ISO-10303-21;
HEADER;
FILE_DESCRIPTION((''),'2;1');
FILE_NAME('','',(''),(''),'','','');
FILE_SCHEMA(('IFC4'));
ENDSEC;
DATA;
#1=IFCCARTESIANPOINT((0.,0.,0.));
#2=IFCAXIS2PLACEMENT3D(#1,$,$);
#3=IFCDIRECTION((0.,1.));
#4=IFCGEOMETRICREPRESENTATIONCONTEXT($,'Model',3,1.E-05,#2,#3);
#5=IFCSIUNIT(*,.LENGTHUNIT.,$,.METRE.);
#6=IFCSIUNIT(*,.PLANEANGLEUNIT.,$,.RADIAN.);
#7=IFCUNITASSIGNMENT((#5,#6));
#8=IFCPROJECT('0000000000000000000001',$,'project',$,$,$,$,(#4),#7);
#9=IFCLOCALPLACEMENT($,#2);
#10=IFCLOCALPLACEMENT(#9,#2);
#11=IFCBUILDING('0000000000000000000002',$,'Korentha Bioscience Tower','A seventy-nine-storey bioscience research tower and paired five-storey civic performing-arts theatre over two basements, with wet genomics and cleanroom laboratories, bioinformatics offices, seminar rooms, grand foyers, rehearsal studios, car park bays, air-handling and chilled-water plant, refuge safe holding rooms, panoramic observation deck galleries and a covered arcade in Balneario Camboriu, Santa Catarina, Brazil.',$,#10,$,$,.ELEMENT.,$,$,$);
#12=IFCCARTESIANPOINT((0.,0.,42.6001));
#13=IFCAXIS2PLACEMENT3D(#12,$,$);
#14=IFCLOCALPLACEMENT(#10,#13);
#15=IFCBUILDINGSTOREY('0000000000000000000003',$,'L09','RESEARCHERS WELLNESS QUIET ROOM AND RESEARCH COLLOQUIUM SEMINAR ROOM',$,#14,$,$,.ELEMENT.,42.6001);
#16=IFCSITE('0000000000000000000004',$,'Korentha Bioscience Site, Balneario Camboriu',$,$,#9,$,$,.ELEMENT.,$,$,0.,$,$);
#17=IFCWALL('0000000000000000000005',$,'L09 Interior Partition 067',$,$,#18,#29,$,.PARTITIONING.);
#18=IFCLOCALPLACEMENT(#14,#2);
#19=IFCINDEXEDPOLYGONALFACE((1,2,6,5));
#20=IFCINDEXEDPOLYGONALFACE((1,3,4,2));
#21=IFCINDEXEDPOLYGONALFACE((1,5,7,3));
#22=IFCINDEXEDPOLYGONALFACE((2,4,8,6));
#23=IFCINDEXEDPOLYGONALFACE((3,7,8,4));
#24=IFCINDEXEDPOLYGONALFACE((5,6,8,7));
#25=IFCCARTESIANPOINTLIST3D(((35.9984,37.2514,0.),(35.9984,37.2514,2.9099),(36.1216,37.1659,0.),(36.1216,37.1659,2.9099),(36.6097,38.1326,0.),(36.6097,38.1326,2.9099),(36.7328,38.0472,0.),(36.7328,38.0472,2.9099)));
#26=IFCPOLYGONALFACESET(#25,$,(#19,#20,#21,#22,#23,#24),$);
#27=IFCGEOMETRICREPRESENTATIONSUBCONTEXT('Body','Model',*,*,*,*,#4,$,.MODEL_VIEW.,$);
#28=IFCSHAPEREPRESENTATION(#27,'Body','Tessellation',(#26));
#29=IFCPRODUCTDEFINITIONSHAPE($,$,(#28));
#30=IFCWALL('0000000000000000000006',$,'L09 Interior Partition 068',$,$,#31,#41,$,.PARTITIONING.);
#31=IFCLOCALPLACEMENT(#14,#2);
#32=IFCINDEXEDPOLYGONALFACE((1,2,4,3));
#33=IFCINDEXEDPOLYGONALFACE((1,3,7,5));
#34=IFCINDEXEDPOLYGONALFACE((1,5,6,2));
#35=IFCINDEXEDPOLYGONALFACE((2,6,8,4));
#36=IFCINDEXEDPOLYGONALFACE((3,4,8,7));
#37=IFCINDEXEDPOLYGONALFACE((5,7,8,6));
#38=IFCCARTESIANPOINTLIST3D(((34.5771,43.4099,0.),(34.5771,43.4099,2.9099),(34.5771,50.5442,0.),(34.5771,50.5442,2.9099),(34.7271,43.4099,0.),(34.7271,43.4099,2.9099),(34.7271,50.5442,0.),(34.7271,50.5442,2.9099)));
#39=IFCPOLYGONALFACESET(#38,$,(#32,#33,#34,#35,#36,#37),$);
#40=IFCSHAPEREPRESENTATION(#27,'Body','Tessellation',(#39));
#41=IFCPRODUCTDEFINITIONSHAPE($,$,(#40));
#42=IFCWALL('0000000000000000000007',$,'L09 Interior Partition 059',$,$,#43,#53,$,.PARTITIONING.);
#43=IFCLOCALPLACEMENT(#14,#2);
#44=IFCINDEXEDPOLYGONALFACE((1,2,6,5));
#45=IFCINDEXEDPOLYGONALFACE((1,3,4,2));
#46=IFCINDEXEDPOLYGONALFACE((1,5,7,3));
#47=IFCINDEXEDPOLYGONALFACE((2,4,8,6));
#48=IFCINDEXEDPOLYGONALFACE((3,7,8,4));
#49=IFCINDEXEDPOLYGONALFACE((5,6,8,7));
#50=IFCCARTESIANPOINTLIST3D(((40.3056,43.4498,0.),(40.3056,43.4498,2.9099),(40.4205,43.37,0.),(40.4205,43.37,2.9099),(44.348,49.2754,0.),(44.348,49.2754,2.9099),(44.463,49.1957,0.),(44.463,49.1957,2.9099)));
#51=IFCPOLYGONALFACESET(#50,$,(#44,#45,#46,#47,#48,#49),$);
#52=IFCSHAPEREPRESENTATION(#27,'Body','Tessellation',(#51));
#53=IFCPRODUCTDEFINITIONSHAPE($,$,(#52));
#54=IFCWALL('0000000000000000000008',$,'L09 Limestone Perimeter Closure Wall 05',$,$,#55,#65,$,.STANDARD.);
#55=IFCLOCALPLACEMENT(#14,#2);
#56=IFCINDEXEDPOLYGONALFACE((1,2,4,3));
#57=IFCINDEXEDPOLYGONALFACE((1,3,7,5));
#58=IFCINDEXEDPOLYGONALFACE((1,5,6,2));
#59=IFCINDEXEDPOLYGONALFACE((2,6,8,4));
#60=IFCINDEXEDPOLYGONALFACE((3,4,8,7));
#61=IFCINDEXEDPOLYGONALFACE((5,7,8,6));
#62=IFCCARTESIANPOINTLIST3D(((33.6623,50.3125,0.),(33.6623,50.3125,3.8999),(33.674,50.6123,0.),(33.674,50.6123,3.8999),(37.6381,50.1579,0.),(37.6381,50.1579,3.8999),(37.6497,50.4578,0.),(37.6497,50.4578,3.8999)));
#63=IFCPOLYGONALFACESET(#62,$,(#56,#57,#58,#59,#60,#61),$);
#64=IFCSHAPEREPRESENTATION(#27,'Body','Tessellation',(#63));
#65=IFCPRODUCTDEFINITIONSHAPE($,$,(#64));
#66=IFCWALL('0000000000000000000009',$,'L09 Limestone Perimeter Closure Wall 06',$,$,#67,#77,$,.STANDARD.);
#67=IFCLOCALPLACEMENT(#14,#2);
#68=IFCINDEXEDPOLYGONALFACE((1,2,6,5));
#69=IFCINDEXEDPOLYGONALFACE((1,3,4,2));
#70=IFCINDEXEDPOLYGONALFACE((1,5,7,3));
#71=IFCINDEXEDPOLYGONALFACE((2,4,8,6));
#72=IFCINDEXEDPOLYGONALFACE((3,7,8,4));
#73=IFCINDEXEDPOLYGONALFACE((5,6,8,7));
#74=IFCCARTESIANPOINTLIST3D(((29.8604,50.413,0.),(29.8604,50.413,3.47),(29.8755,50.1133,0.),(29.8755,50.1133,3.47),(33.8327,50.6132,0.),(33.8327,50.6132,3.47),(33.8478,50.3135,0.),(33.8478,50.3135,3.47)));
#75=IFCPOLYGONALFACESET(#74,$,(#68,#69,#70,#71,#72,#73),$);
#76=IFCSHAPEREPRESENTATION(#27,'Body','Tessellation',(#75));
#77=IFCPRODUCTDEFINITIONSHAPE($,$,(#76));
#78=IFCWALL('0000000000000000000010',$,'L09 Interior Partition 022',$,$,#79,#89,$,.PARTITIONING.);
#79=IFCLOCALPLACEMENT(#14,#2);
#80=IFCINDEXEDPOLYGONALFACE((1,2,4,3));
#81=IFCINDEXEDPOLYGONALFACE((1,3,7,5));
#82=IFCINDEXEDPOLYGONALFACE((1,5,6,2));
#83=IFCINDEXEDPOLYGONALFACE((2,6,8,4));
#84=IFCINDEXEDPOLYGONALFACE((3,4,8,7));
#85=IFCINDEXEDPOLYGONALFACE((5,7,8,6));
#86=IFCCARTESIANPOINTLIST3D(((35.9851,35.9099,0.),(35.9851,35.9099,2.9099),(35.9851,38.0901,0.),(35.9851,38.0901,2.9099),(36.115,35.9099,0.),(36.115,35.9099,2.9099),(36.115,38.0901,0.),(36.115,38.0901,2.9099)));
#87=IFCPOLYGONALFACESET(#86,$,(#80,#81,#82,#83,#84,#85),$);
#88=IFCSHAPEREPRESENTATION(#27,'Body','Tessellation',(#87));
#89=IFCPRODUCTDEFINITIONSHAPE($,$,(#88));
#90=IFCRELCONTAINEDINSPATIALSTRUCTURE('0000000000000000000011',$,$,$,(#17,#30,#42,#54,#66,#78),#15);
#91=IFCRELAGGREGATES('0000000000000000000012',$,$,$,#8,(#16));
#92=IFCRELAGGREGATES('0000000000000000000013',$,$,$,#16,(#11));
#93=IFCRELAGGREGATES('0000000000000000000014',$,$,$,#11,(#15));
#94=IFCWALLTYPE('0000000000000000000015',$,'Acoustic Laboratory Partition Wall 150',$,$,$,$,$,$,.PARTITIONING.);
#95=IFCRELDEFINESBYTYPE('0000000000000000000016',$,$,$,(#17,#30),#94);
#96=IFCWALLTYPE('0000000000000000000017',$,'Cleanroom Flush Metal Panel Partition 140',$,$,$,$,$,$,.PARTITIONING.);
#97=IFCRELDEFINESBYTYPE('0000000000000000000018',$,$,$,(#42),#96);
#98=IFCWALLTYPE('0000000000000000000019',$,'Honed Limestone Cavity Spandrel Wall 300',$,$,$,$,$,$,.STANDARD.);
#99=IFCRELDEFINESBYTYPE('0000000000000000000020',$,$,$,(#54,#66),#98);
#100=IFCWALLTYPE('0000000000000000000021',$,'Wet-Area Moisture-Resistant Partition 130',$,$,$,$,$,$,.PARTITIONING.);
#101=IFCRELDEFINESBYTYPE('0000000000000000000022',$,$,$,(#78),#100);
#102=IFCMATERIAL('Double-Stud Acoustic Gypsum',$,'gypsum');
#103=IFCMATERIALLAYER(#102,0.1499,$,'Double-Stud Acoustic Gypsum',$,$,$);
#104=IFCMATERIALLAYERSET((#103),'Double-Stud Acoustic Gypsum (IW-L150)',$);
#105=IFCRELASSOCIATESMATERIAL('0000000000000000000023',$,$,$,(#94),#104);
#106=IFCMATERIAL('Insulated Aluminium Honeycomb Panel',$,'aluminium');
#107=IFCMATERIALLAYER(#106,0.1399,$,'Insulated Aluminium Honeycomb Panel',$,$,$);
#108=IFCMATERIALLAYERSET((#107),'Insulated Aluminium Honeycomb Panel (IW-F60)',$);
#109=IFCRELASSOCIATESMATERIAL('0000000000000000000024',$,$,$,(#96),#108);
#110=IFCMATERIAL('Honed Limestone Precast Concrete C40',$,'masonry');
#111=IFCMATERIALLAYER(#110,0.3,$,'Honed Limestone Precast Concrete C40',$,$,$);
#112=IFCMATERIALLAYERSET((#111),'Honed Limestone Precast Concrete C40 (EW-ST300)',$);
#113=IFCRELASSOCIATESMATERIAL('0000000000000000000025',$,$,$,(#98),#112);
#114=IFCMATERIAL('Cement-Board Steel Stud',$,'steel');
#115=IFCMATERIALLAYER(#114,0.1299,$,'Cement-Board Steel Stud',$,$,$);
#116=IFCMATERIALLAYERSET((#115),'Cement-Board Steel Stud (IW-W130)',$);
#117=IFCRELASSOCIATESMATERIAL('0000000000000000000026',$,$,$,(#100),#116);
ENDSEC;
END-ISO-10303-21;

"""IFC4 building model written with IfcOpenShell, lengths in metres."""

from ifc_helpers import new_model, si_unit, direction, frame, frame_2d, origin, place, context, subcontext, project, spatial, rectangle, extrude, material, layer, layer_set, type_object, element, save


model = new_model("IFC4")

# Units and contexts
model_context = context("Model", 3, precision=1e-05, world=origin(), true_north=direction((0.0, 1.0)))
body_context = subcontext(model_context, "Body", "Model", "MODEL_VIEW")
ifc_project = project(units=[si_unit("LENGTHUNIT", "METRE"), si_unit("PLANEANGLEUNIT", "RADIAN")], contexts=[model_context])

# Site, building, storey
site_placement = place(None, origin())
site = spatial("IfcSite", under=ifc_project, at=site_placement, Name="Korentha Bioscience Site, Balneario Camboriu", CompositionType="ELEMENT", RefElevation=0.0)
building_placement = place(site_placement, origin())
building = spatial("IfcBuilding", under=site, at=building_placement, Name="Korentha Bioscience Tower", Description="A seventy-nine-storey bioscience research tower and paired five-storey civic performing-arts theatre over two basements, with wet genomics and cleanroom laboratories, bioinformatics offices, seminar rooms, grand foyers, rehearsal studios, car park bays, air-handling and chilled-water plant, refuge safe holding rooms, panoramic observation deck galleries and a covered arcade in Balneario Camboriu, Santa Catarina, Brazil.", CompositionType="ELEMENT")
storey_placement = place(building_placement, frame((0.0, 0.0, 42.6001)))
storey = spatial("IfcBuildingStorey", under=building, at=storey_placement, Name="L09", Description="RESEARCHERS WELLNESS QUIET ROOM AND RESEARCH COLLOQUIUM SEMINAR ROOM", CompositionType="ELEMENT", Elevation=42.6001)

# Shared definitions
ifc_material_1 = material(Name="Double-Stud Acoustic Gypsum", Category="gypsum")
ifc_layer_1 = layer(ifc_material_1, 0.1499, Name="Double-Stud Acoustic Gypsum")
ifc_layer_set_1 = layer_set([ifc_layer_1], Name="Double-Stud Acoustic Gypsum (IW-L150)")
wall_type_1 = type_object("IfcWallType", Name="Acoustic Laboratory Partition Wall 150", PredefinedType="PARTITIONING", material=ifc_layer_set_1)

# Walls
wall_1_placement = place(storey_placement, frame((36.0601, 37.2087, 0.0), z_axis=(0.0, 0.0, 1.0), x_axis=(0.569944, 0.821684, 0.0)))
element("IfcWall", 1, at=wall_1_placement, inside=storey, type_object=wall_type_1, Name="L09 Interior Partition 067", PredefinedType="PARTITIONING", context=body_context, shape_type="SweptSolid", body=[
    extrude(rectangle(XDim=1.0725, YDim=0.1499, at=frame_2d((0.5361, 0.0))), origin(), (0.0, 0.0, 1.0), 2.9099),
])
wall_2_placement = place(storey_placement, frame((34.6521, 43.4099, 0.0), z_axis=(0.0, 0.0, 1.0), x_axis=(0.0, 1.0, 0.0)))
element("IfcWall", 2, at=wall_2_placement, inside=storey, type_object=wall_type_1, Name="L09 Interior Partition 068", PredefinedType="PARTITIONING", context=body_context, shape_type="SweptSolid", body=[
    extrude(rectangle(XDim=7.1343, YDim=0.1499, at=frame_2d((3.5671, 0.0))), origin(), (0.0, 0.0, 1.0), 2.9099),
])
ifc_material_2 = material(Name="Insulated Aluminium Honeycomb Panel", Category="aluminium")
ifc_layer_2 = layer(ifc_material_2, 0.1399, Name="Insulated Aluminium Honeycomb Panel")
ifc_layer_set_2 = layer_set([ifc_layer_2], Name="Insulated Aluminium Honeycomb Panel (IW-F60)")
wall_type_2 = type_object("IfcWallType", Name="Cleanroom Flush Metal Panel Partition 140", PredefinedType="PARTITIONING", material=ifc_layer_set_2)
wall_3_placement = place(storey_placement, frame((40.363, 43.4099, 0.0), z_axis=(0.0, 0.0, 1.0), x_axis=(0.570098, 0.821577, 0.0)))
element("IfcWall", 3, at=wall_3_placement, inside=storey, type_object=wall_type_2, Name="L09 Interior Partition 059", PredefinedType="PARTITIONING", context=body_context, shape_type="SweptSolid", body=[
    extrude(rectangle(XDim=7.0908, YDim=0.1399, at=frame_2d((3.5454, 0.0))), origin(), (0.0, 0.0, 1.0), 2.9099),
])

# Shared definitions
ifc_material_3 = material(Name="Honed Limestone Precast Concrete C40", Category="masonry")
ifc_layer_3 = layer(ifc_material_3, 0.3, Name="Honed Limestone Precast Concrete C40")
ifc_layer_set_3 = layer_set([ifc_layer_3], Name="Honed Limestone Precast Concrete C40 (EW-ST300)")
wall_type_3 = type_object("IfcWallType", Name="Honed Limestone Cavity Spandrel Wall 300", PredefinedType="STANDARD", material=ifc_layer_set_3)

# Walls
wall_4_placement = place(storey_placement, frame((37.6438, 50.3079, 0.0), z_axis=(0.0, 0.0, 1.0), x_axis=(-0.999245, 0.038841, 0.0)))
element("IfcWall", 4, at=wall_4_placement, inside=storey, type_object=wall_type_3, Name="L09 Limestone Perimeter Closure Wall 05", PredefinedType="STANDARD", context=body_context, shape_type="SweptSolid", body=[
    extrude(rectangle(XDim=3.9788, YDim=0.3, at=frame_2d((1.9893, 0.0))), origin(), (0.0, 0.0, 1.0), 3.8999),
])
wall_5_placement = place(storey_placement, frame((33.8403, 50.4634, 0.0), z_axis=(0.0, 0.0, 1.0), x_axis=(-0.998732, -0.050336, 0.0)))
element("IfcWall", 5, at=wall_5_placement, inside=storey, type_object=wall_type_3, Name="L09 Limestone Perimeter Closure Wall 06", PredefinedType="STANDARD", context=body_context, shape_type="SweptSolid", body=[
    extrude(rectangle(XDim=3.9773, YDim=0.3, at=frame_2d((1.9888, 0.0))), origin(), (0.0, 0.0, 1.0), 3.47),
])

# Shared definitions
ifc_material_4 = material(Name="Cement-Board Steel Stud", Category="steel")
ifc_layer_4 = layer(ifc_material_4, 0.1299, Name="Cement-Board Steel Stud")
ifc_layer_set_4 = layer_set([ifc_layer_4], Name="Cement-Board Steel Stud (IW-W130)")
wall_type_4 = type_object("IfcWallType", Name="Wet-Area Moisture-Resistant Partition 130", PredefinedType="PARTITIONING", material=ifc_layer_set_4)

# Wall
wall_6_placement = place(storey_placement, frame((36.05, 38.0901, 0.0), z_axis=(0.0, 0.0, 1.0), x_axis=(0.0, -1.0, 0.0)))
element("IfcWall", 6, at=wall_6_placement, inside=storey, type_object=wall_type_4, Name="L09 Interior Partition 022", PredefinedType="PARTITIONING", context=body_context, shape_type="SweptSolid", body=[
    extrude(rectangle(XDim=2.1802, YDim=0.1299, at=frame_2d((1.0901, 0.0))), origin(), (0.0, 0.0, 1.0), 2.9099),
])

save(model, "model.ifc")
